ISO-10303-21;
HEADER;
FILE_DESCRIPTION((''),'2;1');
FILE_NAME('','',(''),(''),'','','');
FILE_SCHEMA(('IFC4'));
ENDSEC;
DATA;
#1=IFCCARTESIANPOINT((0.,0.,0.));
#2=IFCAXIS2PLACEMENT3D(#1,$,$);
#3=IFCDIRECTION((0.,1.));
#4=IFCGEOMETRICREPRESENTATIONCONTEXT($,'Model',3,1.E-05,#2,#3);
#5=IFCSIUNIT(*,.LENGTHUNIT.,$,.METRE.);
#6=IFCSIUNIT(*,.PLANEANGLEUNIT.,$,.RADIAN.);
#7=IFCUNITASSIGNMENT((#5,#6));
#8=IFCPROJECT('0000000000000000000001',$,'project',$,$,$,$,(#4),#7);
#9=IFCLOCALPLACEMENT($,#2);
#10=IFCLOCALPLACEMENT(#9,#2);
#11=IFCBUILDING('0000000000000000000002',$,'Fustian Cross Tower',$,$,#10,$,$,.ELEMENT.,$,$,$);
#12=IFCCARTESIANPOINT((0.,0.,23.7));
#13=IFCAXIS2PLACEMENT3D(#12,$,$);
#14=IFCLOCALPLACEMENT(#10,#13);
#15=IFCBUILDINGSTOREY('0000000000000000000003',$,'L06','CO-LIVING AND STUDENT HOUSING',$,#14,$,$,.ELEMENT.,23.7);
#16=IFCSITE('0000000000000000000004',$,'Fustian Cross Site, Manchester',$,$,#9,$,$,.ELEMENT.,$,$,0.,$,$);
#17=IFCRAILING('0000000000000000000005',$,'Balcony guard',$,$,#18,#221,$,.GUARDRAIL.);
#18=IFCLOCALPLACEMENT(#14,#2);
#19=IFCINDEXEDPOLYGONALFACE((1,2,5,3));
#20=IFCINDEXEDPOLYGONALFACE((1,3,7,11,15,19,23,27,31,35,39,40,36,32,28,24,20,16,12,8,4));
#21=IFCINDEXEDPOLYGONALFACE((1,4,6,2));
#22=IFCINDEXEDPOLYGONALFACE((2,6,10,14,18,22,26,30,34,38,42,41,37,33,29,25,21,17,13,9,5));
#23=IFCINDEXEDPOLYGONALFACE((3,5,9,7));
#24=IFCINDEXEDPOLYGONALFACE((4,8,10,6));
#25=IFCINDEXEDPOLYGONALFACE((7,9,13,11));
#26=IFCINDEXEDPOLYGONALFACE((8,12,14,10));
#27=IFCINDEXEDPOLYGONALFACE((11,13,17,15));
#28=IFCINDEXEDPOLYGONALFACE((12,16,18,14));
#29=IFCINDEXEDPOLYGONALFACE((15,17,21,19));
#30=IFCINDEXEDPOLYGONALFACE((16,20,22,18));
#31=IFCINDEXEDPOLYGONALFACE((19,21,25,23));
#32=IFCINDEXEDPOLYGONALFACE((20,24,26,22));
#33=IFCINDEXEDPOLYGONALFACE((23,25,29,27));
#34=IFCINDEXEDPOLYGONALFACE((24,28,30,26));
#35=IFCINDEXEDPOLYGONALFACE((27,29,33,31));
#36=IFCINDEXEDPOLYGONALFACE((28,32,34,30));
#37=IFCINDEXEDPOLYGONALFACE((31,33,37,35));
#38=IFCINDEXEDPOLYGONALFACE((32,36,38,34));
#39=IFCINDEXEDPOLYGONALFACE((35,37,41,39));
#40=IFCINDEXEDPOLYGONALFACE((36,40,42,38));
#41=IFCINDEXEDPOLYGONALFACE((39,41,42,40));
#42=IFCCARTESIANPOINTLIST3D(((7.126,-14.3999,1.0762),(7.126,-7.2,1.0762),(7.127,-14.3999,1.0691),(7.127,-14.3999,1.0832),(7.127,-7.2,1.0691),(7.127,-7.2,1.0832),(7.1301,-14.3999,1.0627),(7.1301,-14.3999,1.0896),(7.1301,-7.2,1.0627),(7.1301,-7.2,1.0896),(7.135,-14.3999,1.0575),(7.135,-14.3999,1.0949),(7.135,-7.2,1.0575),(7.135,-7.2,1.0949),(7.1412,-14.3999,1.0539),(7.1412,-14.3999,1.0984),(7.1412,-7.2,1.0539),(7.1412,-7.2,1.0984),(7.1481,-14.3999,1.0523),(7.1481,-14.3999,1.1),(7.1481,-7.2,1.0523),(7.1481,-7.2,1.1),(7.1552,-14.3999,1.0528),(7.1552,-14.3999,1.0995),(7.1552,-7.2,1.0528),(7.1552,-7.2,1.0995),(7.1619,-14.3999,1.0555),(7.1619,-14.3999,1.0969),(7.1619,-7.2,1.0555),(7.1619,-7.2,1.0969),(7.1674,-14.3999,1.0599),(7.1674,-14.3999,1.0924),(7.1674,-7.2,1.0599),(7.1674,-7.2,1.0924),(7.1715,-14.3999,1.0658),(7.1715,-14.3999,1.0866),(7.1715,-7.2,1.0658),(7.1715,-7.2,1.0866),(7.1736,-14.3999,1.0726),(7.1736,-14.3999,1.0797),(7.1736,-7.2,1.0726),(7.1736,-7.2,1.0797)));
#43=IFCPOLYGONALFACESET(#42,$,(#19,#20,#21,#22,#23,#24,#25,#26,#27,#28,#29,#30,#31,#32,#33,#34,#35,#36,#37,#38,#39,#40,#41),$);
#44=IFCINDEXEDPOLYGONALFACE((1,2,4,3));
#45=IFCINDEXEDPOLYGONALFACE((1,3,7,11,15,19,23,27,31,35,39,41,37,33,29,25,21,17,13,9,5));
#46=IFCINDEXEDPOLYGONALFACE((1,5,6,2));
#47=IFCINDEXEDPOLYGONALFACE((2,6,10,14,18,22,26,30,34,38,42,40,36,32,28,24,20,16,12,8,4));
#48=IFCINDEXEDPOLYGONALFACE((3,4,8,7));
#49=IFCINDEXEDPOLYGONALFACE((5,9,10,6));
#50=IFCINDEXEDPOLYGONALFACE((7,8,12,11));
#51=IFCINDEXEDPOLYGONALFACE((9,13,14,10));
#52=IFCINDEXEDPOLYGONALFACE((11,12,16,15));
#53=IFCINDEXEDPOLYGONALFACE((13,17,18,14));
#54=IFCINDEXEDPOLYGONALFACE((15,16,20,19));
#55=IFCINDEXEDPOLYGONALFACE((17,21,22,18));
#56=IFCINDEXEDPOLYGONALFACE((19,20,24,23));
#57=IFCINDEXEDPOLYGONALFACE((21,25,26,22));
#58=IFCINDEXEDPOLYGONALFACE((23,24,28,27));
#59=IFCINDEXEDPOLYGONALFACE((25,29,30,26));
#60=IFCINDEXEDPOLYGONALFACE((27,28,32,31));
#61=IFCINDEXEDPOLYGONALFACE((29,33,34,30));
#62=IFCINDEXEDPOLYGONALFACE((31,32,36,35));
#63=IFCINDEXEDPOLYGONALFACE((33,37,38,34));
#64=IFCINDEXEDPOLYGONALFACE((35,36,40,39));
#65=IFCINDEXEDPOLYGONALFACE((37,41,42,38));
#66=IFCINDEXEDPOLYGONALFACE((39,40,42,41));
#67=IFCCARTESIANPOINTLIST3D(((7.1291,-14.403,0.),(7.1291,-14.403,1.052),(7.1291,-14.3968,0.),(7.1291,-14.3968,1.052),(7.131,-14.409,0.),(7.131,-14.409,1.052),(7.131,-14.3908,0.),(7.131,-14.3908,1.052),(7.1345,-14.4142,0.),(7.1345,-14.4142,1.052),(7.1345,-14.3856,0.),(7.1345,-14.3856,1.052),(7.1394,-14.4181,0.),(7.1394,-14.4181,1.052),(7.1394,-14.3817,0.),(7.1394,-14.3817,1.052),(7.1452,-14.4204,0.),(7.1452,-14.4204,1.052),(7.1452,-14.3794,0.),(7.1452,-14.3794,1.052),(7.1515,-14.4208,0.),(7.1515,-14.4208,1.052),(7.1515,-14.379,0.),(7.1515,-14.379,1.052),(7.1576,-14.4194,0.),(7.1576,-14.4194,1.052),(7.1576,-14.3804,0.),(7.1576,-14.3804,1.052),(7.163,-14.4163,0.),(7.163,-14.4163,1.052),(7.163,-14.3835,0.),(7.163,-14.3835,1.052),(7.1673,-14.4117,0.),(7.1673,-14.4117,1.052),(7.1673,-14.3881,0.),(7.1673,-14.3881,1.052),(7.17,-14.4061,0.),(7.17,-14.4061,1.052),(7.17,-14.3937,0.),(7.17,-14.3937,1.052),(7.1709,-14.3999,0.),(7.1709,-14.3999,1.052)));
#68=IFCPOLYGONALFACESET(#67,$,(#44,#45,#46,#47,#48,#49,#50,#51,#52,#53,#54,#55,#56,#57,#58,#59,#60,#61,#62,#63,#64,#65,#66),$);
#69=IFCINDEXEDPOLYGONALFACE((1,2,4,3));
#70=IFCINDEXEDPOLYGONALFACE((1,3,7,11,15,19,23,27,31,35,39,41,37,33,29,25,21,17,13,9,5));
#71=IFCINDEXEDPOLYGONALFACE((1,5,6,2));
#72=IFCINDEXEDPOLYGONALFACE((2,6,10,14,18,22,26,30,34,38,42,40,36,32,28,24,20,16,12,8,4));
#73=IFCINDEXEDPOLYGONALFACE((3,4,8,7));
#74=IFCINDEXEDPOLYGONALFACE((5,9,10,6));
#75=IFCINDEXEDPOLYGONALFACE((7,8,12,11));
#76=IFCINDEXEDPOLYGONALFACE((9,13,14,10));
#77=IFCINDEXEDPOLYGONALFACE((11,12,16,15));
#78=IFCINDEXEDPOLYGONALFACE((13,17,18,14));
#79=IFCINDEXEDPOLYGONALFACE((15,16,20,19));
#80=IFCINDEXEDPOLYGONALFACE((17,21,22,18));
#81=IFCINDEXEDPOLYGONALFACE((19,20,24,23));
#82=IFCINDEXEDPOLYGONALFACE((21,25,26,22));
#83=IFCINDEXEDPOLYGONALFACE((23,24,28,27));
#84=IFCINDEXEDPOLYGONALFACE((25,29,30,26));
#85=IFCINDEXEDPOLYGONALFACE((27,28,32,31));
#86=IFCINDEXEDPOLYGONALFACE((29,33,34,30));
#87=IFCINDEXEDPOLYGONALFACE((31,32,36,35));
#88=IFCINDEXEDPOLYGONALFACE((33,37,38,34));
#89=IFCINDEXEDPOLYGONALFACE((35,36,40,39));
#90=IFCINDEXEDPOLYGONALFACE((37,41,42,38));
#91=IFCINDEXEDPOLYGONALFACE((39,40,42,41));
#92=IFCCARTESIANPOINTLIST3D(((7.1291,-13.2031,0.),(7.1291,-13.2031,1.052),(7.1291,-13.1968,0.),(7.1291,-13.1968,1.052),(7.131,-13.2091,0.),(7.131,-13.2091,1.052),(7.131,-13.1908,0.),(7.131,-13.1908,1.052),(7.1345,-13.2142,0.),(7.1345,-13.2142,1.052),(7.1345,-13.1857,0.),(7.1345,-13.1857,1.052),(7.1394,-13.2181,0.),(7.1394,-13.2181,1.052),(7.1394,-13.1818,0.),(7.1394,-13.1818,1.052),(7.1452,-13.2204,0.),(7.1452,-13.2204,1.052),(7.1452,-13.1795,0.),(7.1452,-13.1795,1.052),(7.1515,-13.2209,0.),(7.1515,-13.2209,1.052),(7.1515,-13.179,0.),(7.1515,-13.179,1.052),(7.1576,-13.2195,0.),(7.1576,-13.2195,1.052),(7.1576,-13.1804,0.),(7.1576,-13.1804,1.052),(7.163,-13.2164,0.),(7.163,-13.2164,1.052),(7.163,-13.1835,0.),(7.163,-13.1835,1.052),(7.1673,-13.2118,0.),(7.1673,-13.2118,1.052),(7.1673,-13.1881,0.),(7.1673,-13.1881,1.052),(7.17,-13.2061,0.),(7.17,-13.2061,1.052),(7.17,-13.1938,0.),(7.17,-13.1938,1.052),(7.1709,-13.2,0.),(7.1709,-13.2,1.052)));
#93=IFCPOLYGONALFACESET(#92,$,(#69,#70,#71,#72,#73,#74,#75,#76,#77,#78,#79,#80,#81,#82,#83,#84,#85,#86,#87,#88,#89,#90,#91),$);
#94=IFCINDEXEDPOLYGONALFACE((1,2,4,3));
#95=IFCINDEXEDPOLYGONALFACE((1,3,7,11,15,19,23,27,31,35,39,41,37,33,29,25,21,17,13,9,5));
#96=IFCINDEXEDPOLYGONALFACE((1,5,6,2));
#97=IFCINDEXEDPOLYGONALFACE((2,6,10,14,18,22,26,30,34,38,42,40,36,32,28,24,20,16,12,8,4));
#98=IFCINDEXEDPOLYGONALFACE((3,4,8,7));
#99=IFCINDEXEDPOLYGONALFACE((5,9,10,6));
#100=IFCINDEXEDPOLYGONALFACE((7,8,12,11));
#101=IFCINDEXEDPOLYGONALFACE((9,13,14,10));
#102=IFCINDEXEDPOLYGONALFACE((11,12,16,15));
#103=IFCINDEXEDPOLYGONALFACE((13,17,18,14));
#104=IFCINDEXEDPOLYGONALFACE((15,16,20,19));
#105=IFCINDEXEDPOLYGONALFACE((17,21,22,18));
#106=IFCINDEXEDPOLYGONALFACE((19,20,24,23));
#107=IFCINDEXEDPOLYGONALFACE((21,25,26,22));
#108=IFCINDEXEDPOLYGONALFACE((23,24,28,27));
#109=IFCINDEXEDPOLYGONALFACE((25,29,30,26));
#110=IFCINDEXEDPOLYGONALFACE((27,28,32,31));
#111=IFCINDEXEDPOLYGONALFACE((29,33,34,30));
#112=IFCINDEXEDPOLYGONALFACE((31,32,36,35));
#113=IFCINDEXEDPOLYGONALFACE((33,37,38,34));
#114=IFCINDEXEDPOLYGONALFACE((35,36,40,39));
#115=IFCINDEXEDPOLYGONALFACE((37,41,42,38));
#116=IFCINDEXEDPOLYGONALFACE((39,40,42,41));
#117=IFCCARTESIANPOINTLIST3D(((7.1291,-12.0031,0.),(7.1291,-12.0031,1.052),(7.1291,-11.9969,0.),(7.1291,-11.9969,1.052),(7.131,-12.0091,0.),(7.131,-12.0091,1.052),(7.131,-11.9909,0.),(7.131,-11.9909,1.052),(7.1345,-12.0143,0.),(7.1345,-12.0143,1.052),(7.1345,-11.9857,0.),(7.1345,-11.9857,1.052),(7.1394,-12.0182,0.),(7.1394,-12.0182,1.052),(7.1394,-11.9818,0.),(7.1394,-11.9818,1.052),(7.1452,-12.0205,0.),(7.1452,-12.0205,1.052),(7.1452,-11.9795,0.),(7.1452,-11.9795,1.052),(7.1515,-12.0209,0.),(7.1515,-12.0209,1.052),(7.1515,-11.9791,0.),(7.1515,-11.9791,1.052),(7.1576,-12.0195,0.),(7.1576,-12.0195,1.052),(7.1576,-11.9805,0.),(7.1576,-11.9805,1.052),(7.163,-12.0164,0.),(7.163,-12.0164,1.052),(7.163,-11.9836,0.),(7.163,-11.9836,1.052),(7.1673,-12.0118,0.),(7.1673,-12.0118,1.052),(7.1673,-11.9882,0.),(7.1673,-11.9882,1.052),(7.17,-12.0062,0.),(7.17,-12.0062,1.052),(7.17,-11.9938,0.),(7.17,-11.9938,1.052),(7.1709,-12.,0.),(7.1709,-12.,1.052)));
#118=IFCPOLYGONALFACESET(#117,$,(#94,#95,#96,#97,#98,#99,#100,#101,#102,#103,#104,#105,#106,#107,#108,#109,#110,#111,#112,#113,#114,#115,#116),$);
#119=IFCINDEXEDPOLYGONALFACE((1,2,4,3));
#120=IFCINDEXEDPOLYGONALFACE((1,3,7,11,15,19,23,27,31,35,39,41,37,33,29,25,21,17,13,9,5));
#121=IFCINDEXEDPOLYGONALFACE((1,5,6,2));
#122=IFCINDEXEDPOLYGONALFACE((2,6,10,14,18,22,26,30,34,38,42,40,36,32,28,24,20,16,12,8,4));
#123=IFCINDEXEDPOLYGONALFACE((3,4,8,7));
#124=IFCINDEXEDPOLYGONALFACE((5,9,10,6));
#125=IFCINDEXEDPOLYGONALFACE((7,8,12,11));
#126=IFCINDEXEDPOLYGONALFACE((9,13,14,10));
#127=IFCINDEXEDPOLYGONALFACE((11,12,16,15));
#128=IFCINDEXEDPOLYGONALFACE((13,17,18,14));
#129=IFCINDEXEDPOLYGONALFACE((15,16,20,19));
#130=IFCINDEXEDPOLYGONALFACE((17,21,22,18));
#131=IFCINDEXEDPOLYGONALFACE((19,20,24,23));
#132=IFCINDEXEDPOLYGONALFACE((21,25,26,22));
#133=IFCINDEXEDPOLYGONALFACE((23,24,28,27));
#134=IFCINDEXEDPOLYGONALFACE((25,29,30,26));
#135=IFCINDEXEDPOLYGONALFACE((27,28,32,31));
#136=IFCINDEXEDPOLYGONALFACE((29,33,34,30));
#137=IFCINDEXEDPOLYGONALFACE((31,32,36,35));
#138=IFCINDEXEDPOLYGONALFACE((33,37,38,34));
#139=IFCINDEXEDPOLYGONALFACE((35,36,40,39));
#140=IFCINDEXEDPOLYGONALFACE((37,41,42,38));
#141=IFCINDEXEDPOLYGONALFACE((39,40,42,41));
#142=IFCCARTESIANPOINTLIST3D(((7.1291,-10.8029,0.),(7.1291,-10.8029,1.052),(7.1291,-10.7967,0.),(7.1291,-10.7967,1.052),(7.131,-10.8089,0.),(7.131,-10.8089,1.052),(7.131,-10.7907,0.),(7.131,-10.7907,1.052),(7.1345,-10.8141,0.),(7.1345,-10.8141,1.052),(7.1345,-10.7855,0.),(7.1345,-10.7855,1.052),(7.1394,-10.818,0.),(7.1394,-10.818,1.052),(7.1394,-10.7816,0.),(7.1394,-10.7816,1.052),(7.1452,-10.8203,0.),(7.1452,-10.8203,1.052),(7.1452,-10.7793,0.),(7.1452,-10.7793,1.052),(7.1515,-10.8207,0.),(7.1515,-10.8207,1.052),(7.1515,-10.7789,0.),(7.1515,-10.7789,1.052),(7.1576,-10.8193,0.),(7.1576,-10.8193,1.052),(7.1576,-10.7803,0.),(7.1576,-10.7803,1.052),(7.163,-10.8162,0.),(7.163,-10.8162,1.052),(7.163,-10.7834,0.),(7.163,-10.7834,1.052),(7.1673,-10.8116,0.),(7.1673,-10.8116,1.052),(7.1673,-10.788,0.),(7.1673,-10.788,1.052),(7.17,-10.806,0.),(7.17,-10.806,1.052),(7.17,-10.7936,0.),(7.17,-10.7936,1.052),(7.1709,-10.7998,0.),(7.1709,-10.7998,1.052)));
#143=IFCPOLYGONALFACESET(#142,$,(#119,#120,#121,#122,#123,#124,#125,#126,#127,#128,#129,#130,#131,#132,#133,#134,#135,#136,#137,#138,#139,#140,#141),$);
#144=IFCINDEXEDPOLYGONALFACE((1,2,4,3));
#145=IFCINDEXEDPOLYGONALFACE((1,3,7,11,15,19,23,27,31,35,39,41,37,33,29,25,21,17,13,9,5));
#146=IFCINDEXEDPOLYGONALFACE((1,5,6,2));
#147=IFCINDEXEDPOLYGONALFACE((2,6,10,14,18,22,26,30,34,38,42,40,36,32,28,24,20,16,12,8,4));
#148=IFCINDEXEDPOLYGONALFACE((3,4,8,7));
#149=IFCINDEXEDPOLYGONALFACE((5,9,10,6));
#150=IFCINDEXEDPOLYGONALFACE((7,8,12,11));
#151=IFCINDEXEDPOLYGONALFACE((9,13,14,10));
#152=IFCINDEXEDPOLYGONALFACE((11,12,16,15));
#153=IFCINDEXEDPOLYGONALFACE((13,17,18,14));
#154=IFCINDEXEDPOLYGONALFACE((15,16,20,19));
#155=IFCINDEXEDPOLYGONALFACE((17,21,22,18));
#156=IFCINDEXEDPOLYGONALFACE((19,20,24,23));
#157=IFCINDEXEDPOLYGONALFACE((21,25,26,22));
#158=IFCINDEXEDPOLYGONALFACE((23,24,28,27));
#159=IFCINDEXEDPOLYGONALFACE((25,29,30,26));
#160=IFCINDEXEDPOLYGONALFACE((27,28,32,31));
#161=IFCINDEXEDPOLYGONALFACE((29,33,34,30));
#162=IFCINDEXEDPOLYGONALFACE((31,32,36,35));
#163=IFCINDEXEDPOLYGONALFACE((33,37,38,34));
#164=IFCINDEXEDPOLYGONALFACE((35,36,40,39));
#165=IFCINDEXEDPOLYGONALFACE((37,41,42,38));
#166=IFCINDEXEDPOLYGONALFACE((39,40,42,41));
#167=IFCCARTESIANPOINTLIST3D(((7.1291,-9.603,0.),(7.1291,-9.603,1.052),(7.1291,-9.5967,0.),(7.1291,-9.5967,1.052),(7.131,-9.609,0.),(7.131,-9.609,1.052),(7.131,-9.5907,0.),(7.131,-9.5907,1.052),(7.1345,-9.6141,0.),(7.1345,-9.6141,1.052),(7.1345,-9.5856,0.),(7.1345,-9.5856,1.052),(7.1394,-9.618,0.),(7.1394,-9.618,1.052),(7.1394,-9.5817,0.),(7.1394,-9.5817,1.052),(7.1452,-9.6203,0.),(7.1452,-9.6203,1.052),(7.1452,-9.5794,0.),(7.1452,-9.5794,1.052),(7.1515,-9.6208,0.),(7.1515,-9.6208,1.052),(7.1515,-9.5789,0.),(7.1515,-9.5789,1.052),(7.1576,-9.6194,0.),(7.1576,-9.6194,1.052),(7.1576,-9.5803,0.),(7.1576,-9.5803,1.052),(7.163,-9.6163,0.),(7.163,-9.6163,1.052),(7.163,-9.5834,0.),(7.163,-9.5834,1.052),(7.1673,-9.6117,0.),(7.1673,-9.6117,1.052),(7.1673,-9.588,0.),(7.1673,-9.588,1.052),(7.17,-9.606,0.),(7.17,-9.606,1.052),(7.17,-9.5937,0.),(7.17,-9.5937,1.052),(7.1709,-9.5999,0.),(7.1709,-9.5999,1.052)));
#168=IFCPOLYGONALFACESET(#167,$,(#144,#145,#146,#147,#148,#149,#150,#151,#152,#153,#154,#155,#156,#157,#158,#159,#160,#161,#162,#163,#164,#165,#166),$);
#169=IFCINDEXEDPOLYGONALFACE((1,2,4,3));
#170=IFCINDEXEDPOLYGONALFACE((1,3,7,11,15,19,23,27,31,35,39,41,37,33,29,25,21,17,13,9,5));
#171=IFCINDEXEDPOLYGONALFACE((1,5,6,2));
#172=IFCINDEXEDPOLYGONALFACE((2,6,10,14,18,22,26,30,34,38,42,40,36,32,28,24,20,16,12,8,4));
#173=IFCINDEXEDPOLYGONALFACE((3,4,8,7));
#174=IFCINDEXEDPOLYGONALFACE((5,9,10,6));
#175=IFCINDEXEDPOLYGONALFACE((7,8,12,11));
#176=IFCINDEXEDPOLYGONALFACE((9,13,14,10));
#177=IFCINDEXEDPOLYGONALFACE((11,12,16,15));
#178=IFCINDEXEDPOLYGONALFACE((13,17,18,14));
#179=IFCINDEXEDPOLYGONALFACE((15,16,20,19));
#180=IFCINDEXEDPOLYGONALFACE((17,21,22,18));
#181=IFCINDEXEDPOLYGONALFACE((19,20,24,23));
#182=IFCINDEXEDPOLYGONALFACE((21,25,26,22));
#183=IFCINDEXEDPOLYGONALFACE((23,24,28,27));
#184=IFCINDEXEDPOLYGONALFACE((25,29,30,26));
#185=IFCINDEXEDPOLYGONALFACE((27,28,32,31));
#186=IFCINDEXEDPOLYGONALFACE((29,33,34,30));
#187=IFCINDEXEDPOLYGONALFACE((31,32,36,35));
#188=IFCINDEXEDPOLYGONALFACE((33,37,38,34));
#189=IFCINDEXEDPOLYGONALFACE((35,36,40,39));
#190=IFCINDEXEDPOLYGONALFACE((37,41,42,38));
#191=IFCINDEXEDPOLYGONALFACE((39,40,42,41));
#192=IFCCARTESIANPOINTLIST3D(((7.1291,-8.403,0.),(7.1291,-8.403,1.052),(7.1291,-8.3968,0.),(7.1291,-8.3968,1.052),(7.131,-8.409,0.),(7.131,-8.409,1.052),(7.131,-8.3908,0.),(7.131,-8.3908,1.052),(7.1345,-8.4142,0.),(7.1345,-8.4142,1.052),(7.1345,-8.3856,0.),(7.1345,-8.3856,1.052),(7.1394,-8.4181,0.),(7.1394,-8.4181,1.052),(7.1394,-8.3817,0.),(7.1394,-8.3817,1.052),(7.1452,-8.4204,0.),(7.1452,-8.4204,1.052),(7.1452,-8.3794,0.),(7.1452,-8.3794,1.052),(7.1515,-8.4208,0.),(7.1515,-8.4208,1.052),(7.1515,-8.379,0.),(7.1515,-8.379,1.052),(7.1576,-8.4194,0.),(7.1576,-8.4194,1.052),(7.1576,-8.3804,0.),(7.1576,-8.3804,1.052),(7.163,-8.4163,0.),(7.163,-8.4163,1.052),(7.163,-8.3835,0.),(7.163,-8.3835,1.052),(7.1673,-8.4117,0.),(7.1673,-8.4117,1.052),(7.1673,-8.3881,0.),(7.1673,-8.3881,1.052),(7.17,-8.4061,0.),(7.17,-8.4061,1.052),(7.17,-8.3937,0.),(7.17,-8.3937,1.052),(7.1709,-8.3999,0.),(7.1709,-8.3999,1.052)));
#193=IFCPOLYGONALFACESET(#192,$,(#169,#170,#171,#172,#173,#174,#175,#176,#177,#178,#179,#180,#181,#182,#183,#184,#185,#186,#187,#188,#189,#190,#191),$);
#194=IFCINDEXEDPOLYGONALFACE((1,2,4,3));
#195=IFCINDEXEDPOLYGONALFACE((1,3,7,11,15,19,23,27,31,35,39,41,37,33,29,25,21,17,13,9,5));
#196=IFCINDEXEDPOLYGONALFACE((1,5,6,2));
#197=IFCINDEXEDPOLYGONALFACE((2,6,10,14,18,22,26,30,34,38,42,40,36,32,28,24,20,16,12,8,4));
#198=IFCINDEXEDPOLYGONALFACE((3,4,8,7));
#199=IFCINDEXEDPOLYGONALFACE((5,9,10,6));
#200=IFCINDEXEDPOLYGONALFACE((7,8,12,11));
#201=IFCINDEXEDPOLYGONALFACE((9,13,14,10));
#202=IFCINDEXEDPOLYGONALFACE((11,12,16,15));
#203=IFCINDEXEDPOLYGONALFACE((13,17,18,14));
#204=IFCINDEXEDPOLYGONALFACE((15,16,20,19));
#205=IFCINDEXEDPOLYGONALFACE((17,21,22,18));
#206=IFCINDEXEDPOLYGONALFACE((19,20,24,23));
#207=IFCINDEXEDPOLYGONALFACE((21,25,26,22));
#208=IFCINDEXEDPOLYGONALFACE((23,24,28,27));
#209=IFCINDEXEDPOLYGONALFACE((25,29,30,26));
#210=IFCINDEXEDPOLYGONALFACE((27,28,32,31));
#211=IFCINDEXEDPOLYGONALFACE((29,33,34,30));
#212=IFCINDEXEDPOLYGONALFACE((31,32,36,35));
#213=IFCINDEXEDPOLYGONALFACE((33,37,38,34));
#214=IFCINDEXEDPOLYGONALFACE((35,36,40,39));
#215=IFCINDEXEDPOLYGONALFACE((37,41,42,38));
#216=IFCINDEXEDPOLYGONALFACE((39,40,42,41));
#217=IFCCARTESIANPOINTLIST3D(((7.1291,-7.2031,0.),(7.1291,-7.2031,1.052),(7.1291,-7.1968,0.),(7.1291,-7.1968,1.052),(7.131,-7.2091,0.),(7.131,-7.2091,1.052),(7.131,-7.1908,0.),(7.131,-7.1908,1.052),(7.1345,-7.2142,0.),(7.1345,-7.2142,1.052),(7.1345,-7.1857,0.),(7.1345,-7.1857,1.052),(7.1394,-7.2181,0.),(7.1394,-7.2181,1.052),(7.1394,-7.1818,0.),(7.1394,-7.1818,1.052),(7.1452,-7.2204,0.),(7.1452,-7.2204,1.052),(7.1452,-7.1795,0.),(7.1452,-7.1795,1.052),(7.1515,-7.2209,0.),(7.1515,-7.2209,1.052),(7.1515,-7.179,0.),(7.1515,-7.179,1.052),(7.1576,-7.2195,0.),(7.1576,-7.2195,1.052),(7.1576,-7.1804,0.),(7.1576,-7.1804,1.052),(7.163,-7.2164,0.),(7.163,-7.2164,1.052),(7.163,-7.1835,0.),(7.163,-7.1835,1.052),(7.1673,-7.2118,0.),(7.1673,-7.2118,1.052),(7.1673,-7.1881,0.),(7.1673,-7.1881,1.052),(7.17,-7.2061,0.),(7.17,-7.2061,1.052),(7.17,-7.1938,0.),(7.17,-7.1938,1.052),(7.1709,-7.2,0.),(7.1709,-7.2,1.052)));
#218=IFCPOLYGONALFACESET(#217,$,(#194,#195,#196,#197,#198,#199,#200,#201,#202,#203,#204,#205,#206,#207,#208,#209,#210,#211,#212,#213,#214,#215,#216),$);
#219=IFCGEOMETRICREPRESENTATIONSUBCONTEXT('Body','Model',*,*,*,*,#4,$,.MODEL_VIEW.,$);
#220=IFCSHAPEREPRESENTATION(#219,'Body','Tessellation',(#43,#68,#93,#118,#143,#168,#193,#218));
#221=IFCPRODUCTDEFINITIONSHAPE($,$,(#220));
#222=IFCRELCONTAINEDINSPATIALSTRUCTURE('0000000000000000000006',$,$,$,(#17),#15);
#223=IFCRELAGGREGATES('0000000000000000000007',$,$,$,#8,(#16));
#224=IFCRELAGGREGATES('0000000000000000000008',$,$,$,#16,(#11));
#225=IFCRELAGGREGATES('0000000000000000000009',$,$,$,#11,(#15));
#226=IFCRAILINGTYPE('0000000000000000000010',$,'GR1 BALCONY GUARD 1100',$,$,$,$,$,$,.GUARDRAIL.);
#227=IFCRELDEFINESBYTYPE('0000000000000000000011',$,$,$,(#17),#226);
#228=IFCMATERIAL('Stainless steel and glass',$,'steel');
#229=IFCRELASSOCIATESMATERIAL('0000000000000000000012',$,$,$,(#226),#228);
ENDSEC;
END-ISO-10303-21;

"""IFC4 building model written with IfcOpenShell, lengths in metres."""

from ifc_helpers import new_model, si_unit, direction, frame, origin, origin_2d, place, context, subcontext, project, spatial, circle, extrude, material, type_object, element, save


model = new_model("IFC4")

# Units and contexts
model_context = context("Model", 3, precision=1e-05, world=origin(), true_north=direction((0.0, 1.0)))
body_context = subcontext(model_context, "Body", "Model", "MODEL_VIEW")
ifc_project = project(units=[si_unit("LENGTHUNIT", "METRE"), si_unit("PLANEANGLEUNIT", "RADIAN")], contexts=[model_context])

# Site, building, storey
site_placement = place(None, origin())
site = spatial("IfcSite", under=ifc_project, at=site_placement, Name="Fustian Cross Site, Manchester", CompositionType="ELEMENT", RefElevation=0.0)
building_placement = place(site_placement, origin())
building = spatial("IfcBuilding", under=site, at=building_placement, Name="Fustian Cross Tower", CompositionType="ELEMENT")
storey_placement = place(building_placement, frame((0.0, 0.0, 23.7)))
storey = spatial("IfcBuildingStorey", under=building, at=storey_placement, Name="L06", Description="CO-LIVING AND STUDENT HOUSING", CompositionType="ELEMENT", Elevation=23.7)

# Railing
ifc_material_1 = material(Name="Stainless steel and glass", Category="steel")
railing_type = type_object("IfcRailingType", Name="GR1 BALCONY GUARD 1100", PredefinedType="GUARDRAIL", material=ifc_material_1)
railing_placement = place(storey_placement, frame((7.1499, -14.3999, 0.0)))
element("IfcRailing", 1, at=railing_placement, inside=storey, type_object=railing_type, Name="Balcony guard", PredefinedType="GUARDRAIL", context=body_context, shape_type="SweptSolid", body=[
    extrude(circle(Radius=0.0239, at=origin_2d()), frame((0.0, 0.0, 1.0762), z_axis=(0.0, 1.0, 0.0), x_axis=(-1.0, 0.0, 0.0)), (0.0, 0.0, 1.0), 7.2),
    extrude(circle(Radius=0.021, at=origin_2d()), origin(), (0.0, 0.0, 1.0), 1.052),
    extrude(circle(Radius=0.021, at=origin_2d()), frame((0.0, 1.2, 0.0)), (0.0, 0.0, 1.0), 1.052),
    extrude(circle(Radius=0.021, at=origin_2d()), frame((0.0, 2.3999, 0.0)), (0.0, 0.0, 1.0), 1.052),
    extrude(circle(Radius=0.021, at=origin_2d()), frame((0.0, 3.6001, 0.0)), (0.0, 0.0, 1.0), 1.052),
    extrude(circle(Radius=0.021, at=origin_2d()), frame((0.0, 4.8, 0.0)), (0.0, 0.0, 1.0), 1.052),
    extrude(circle(Radius=0.021, at=origin_2d()), frame((0.0, 6.0, 0.0)), (0.0, 0.0, 1.0), 1.052),
    extrude(circle(Radius=0.021, at=origin_2d()), frame((0.0, 7.2, 0.0)), (0.0, 0.0, 1.0), 1.052),
])

save(model, "model.ifc")
